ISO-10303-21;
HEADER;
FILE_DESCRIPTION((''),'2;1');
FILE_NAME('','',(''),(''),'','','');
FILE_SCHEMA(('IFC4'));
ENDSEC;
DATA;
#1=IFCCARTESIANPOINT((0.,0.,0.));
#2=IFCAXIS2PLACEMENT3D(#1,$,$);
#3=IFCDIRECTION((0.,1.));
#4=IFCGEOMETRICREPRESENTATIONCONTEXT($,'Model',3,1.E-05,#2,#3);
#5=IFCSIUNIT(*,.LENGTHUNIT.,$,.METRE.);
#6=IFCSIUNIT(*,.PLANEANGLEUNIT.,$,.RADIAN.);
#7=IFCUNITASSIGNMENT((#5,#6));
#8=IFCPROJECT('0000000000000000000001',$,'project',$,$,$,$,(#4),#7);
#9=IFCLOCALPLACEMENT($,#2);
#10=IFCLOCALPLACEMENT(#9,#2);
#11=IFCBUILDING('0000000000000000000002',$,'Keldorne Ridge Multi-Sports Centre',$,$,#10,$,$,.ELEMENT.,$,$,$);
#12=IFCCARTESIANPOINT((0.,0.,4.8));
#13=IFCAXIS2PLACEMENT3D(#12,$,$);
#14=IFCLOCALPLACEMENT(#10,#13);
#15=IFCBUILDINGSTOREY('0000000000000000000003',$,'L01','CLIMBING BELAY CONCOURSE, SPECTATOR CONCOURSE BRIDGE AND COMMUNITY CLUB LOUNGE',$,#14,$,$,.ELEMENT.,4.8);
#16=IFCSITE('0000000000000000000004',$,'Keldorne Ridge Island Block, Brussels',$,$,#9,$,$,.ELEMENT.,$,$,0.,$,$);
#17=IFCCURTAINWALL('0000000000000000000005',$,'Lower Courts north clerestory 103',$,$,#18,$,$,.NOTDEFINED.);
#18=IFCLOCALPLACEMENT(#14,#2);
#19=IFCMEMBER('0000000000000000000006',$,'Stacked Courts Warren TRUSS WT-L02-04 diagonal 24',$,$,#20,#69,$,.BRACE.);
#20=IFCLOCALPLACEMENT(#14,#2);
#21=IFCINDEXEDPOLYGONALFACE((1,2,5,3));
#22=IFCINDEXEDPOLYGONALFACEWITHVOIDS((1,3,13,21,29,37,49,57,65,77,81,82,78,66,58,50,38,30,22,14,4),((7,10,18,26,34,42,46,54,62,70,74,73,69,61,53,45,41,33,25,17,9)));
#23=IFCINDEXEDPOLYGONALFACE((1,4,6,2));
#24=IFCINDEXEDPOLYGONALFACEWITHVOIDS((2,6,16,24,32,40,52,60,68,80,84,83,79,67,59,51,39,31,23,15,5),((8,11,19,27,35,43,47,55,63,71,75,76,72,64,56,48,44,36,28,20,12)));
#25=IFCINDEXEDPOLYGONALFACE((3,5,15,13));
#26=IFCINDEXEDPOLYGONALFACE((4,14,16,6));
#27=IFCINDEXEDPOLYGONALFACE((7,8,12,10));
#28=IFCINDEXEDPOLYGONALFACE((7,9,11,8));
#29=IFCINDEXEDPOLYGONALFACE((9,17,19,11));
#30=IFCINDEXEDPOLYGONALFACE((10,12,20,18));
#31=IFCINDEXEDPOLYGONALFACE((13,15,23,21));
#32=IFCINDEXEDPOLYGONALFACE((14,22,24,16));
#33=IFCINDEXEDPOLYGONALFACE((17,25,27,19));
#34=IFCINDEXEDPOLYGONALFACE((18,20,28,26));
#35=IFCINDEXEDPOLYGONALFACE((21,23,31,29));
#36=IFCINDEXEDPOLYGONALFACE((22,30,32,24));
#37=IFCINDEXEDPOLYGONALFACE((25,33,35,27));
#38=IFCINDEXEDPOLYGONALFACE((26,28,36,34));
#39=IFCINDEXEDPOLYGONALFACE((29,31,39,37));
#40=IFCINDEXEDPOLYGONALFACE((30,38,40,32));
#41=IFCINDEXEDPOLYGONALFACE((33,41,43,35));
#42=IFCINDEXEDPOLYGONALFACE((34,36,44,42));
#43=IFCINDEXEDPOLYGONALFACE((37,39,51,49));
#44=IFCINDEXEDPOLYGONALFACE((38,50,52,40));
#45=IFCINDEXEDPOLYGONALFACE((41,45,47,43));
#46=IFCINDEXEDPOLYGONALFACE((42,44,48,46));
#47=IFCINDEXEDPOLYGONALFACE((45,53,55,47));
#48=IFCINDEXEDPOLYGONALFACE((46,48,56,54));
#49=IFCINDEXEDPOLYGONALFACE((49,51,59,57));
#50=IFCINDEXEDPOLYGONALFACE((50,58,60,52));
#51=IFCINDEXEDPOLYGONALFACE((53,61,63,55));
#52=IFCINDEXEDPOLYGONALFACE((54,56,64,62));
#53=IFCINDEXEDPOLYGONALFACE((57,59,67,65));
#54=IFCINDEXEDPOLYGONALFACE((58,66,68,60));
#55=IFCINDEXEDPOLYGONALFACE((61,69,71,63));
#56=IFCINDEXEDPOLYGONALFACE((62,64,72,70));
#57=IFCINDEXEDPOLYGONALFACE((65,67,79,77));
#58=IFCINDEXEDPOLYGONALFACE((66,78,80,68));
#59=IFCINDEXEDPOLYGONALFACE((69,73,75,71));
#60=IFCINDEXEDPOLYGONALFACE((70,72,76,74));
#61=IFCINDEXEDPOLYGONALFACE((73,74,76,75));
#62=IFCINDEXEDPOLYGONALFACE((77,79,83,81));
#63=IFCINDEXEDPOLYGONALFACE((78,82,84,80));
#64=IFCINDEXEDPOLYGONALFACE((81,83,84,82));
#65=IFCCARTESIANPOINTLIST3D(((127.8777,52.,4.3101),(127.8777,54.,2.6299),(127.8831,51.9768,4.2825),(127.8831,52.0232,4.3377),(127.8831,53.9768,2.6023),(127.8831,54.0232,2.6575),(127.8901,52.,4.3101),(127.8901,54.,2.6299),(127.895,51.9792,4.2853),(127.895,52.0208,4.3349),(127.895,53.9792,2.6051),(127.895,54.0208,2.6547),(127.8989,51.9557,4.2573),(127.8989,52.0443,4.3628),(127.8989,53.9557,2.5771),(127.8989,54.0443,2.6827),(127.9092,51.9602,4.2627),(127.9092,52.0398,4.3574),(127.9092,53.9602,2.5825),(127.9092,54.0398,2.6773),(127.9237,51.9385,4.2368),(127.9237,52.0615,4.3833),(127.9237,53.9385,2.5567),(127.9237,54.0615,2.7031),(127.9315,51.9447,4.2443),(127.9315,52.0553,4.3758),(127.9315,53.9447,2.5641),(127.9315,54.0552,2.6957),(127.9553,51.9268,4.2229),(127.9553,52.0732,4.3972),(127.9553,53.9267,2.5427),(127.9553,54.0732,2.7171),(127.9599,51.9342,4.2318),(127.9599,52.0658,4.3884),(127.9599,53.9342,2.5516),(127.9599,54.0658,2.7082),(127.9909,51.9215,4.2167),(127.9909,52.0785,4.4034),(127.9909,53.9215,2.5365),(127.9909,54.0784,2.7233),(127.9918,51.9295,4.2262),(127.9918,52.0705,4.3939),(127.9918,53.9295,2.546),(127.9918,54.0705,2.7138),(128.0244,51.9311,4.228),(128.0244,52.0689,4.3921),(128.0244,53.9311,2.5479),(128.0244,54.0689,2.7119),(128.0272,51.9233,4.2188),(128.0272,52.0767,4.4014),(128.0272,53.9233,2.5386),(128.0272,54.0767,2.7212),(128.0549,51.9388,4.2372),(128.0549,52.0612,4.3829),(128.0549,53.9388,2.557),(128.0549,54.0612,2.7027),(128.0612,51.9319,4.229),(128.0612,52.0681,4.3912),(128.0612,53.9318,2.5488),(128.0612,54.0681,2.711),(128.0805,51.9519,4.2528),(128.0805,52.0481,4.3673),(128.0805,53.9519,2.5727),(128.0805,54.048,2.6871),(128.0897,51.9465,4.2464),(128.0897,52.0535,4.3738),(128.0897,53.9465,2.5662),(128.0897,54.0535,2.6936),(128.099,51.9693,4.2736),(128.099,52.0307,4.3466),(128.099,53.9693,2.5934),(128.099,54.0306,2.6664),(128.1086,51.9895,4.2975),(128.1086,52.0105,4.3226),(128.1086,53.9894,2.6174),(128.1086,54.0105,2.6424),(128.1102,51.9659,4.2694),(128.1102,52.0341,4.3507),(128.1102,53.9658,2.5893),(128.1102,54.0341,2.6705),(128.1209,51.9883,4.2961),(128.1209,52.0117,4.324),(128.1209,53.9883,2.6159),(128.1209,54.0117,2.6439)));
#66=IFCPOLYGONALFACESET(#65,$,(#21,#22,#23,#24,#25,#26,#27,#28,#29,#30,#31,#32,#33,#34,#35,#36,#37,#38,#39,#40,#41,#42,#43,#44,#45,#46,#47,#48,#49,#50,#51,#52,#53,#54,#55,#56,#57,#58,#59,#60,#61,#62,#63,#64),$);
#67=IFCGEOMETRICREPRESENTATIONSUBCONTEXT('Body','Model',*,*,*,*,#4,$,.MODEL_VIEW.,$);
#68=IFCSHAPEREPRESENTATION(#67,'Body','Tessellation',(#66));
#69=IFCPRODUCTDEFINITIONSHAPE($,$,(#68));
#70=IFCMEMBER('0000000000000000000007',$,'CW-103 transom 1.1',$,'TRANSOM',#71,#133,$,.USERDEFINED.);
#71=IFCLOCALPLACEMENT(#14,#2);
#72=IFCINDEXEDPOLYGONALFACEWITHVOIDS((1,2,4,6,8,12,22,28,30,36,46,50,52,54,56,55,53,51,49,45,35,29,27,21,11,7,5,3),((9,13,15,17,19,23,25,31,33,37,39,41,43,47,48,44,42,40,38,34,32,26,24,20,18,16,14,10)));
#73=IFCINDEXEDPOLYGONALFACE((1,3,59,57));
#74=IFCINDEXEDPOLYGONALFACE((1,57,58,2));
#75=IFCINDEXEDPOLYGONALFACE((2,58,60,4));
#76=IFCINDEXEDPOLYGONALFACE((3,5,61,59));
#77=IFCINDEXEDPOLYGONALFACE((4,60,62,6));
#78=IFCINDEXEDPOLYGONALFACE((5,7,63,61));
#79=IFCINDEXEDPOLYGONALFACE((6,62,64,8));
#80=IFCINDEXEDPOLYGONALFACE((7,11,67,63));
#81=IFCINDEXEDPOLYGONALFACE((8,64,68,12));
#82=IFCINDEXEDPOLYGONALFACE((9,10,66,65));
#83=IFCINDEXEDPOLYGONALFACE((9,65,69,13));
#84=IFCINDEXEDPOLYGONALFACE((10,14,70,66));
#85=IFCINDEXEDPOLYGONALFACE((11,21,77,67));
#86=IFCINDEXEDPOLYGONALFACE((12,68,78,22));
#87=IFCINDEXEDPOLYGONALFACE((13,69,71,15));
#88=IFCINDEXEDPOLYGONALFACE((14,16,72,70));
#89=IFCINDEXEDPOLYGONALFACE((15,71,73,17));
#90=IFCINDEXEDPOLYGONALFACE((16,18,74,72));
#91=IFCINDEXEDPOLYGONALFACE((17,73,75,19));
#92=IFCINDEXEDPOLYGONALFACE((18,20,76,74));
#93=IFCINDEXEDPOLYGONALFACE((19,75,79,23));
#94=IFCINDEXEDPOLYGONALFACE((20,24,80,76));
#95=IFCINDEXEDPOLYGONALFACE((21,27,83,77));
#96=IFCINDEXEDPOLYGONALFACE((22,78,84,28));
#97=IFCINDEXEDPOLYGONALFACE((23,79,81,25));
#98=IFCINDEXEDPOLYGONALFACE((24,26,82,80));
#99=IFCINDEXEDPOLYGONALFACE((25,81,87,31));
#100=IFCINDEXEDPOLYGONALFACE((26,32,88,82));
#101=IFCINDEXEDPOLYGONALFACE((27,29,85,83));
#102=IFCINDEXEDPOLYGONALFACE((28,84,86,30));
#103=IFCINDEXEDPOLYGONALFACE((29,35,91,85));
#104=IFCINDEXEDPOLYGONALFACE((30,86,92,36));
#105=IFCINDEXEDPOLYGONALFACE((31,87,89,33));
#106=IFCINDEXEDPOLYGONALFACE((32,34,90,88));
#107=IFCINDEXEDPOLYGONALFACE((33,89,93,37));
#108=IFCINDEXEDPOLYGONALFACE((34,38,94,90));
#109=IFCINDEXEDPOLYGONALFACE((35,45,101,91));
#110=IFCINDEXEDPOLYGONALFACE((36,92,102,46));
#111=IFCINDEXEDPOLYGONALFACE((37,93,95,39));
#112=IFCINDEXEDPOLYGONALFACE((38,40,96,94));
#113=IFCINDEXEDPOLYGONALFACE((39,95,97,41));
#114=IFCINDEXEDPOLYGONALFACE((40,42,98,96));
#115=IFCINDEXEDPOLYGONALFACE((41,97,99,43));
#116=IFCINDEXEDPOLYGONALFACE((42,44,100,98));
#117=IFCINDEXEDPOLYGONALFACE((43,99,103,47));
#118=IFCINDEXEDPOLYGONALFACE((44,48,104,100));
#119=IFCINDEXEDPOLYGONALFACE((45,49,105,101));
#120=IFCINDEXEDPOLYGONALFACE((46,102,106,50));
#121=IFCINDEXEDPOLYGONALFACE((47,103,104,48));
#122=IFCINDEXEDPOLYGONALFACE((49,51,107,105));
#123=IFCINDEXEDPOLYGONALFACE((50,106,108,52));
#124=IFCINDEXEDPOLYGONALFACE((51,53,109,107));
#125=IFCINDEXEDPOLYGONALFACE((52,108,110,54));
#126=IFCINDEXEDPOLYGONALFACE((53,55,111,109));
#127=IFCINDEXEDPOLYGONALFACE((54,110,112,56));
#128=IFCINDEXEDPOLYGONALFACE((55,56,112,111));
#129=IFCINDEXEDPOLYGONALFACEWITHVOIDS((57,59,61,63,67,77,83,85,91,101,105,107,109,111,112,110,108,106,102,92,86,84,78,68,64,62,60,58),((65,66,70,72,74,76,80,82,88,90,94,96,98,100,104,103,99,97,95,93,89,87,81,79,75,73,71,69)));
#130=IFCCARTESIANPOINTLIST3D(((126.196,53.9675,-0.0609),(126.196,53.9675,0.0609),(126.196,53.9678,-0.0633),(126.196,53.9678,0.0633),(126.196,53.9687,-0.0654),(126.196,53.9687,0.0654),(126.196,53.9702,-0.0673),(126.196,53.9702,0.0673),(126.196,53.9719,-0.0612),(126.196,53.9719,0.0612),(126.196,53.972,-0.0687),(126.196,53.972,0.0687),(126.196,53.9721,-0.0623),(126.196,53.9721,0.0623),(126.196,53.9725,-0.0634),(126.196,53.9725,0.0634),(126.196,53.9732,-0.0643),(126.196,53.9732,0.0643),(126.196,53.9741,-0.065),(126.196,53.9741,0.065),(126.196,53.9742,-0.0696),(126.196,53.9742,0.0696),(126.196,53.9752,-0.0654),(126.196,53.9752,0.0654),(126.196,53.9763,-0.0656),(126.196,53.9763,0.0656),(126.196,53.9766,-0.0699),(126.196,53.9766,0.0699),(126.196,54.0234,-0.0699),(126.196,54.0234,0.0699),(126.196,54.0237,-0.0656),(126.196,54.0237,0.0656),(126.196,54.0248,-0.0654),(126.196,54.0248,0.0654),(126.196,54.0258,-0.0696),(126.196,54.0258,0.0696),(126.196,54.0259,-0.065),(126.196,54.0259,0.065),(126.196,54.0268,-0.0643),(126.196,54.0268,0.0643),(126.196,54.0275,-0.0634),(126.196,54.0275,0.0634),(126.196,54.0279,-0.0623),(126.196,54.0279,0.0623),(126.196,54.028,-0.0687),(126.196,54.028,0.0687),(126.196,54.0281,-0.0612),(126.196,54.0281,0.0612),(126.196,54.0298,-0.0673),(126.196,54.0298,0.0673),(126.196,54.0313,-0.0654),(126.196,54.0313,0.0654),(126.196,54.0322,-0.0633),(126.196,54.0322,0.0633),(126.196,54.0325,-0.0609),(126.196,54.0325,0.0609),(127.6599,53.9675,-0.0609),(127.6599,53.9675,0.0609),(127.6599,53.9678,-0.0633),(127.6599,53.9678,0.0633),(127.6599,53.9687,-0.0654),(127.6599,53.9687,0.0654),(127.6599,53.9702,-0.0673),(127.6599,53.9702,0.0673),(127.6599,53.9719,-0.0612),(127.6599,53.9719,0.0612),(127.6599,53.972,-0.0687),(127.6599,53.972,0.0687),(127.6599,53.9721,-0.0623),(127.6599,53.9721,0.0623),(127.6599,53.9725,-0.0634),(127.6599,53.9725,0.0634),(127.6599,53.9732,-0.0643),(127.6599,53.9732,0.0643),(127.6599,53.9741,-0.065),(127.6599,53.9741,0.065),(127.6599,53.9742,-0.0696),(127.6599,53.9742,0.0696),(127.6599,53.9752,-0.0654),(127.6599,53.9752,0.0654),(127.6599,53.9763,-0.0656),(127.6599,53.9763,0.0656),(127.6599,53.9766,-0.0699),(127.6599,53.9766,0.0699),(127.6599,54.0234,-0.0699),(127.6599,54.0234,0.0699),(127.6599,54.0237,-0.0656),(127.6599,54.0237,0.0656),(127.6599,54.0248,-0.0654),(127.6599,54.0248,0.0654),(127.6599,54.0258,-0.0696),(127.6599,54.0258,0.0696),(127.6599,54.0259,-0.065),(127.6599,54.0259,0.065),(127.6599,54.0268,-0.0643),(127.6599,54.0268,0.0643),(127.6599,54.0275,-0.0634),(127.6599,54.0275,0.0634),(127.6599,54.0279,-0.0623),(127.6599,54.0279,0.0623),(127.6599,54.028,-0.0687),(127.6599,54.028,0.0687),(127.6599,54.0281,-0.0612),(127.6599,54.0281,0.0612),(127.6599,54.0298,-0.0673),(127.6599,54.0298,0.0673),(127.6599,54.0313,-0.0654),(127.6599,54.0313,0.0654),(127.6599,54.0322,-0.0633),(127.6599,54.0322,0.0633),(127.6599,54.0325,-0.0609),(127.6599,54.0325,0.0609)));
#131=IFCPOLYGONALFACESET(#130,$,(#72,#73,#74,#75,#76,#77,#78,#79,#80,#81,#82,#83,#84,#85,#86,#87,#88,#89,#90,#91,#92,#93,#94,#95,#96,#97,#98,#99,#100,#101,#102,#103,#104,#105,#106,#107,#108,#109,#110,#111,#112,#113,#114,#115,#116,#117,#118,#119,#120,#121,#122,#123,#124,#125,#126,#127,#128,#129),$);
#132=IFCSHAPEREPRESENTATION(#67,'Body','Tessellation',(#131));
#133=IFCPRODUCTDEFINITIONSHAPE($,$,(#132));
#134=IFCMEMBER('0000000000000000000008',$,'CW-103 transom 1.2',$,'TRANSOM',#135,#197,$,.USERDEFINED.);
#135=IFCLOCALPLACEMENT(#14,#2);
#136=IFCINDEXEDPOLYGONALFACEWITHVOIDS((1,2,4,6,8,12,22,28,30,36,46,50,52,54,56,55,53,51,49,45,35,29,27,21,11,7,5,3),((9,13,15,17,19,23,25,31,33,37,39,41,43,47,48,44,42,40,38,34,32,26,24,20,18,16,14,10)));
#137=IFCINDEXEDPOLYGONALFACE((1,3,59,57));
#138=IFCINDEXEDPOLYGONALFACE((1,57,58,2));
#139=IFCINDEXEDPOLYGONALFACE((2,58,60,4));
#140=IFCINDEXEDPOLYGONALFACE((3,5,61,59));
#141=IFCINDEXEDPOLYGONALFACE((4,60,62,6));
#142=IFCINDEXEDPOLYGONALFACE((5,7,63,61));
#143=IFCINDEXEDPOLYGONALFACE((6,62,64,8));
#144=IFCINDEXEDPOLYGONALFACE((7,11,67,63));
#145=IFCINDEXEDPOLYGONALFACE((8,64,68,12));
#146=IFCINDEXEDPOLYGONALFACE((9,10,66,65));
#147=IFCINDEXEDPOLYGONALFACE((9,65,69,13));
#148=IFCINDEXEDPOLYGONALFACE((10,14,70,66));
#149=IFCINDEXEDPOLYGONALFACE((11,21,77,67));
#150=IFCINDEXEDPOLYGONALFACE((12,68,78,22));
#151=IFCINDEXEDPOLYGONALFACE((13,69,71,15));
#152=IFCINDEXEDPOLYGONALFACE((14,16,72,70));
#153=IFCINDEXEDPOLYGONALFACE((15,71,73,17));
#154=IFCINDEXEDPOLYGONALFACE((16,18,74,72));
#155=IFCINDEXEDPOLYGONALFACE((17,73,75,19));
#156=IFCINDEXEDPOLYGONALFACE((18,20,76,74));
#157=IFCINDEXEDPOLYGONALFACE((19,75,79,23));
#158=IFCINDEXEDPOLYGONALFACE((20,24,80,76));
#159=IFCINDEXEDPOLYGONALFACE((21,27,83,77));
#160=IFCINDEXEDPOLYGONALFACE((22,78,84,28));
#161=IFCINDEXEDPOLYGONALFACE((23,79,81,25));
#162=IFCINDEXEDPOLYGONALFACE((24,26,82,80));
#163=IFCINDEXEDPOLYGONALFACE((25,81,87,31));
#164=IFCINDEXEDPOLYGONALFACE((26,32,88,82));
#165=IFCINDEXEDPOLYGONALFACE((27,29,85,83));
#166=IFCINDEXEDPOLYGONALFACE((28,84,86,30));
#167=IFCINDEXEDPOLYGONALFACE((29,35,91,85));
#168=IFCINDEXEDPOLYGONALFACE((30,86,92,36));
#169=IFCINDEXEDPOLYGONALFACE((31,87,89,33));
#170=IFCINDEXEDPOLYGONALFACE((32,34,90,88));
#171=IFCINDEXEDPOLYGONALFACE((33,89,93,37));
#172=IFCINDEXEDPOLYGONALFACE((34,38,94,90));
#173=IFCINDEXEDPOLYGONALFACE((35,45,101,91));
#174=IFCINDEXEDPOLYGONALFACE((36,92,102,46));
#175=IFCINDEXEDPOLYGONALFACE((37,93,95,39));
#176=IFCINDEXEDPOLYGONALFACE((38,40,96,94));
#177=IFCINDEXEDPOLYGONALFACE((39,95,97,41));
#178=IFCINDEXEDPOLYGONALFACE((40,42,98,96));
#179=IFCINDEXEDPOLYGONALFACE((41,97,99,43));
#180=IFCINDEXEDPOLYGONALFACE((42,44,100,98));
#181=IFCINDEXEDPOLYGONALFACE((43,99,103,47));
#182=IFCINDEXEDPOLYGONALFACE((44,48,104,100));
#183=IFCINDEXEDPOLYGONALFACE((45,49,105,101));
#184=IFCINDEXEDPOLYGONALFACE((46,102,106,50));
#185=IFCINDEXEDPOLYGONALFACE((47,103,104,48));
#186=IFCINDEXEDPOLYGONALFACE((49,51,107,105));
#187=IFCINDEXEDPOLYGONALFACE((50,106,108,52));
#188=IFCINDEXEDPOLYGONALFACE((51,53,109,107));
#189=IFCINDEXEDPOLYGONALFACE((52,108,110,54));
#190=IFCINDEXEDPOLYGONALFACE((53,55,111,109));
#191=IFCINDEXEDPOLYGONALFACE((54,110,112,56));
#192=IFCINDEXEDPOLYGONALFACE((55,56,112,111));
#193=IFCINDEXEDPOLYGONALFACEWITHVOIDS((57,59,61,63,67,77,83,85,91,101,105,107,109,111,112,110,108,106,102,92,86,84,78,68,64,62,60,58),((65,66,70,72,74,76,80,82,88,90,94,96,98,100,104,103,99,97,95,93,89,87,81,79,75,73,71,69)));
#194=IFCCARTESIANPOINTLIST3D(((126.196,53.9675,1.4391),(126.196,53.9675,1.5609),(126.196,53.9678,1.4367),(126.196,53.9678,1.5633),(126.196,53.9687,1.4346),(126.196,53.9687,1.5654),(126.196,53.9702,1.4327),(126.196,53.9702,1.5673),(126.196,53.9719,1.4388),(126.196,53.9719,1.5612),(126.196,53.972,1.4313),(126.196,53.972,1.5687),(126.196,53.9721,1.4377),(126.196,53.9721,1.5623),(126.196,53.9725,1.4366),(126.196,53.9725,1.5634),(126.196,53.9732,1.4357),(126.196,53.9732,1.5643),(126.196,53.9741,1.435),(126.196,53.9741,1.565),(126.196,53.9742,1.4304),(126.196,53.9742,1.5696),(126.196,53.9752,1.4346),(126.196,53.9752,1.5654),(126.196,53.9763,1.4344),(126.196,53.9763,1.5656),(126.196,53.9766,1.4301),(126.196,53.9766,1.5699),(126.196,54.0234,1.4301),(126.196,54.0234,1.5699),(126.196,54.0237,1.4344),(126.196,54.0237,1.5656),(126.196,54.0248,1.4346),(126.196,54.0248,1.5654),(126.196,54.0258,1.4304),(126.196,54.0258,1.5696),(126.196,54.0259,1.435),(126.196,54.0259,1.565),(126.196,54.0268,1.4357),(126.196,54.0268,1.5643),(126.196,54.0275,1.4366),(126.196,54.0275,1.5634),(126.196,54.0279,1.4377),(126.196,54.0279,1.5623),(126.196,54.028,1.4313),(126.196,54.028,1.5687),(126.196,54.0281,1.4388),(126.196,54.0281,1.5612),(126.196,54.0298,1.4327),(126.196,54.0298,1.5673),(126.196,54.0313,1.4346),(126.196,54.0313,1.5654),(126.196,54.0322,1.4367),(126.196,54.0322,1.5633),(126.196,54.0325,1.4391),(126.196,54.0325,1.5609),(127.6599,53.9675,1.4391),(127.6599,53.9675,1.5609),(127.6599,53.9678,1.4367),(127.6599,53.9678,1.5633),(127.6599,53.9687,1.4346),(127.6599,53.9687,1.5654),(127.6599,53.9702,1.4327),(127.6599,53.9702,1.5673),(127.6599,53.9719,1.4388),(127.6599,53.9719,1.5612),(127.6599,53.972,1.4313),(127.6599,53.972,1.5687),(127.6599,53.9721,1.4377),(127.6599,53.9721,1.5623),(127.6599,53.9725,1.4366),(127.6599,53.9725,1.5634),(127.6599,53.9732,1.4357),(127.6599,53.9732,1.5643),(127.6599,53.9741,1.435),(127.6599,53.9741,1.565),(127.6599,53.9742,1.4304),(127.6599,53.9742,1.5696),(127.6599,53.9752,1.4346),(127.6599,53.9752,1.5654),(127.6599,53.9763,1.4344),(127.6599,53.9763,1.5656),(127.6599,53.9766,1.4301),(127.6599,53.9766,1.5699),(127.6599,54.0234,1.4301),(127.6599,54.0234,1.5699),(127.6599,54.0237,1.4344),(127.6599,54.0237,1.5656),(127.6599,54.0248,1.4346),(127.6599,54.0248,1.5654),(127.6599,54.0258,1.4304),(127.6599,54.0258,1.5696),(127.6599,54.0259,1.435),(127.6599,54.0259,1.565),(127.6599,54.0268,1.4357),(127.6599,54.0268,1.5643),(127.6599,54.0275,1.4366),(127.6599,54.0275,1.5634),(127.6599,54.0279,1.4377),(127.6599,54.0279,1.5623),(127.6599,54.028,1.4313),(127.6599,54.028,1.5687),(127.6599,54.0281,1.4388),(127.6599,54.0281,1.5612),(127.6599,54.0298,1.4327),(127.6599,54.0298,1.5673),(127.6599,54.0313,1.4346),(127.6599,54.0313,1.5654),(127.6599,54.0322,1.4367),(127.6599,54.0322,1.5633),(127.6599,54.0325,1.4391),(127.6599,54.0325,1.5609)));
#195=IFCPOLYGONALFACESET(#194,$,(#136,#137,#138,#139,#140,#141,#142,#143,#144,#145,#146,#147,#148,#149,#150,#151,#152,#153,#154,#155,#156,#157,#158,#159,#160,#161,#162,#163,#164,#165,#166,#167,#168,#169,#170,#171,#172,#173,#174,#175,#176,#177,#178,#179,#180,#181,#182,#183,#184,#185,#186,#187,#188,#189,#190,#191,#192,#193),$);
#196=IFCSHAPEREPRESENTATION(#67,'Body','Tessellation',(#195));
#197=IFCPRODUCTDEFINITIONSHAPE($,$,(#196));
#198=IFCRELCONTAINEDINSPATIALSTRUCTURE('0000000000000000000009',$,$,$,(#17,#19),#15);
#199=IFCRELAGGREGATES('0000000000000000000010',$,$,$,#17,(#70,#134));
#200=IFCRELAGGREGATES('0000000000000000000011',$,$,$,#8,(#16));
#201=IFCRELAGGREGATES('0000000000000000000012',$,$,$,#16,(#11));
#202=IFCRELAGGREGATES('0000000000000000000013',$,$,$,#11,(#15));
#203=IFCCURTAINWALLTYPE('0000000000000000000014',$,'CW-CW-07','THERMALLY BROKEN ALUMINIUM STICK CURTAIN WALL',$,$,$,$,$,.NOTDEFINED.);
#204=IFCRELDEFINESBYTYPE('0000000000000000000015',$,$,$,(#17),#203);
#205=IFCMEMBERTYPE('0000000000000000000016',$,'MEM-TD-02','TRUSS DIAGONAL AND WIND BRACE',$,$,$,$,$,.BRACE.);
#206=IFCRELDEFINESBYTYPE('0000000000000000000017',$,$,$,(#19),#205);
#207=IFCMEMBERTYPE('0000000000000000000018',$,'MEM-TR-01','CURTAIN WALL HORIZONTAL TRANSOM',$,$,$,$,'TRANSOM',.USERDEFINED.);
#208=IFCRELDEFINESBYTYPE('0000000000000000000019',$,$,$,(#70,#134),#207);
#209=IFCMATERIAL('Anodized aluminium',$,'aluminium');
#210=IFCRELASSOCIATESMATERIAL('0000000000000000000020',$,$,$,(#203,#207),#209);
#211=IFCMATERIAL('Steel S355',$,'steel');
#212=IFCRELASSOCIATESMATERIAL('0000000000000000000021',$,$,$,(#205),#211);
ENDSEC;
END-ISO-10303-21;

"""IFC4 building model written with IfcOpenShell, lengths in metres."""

from ifc_helpers import new_model, si_unit, direction, frame, origin, origin_2d, place, context, subcontext, project, spatial, hollow_rectangle, hollow_circle, extrude, material, material_profile, profile_set, type_object, element, aggregate, save


model = new_model("IFC4")

# Units and contexts
model_context = context("Model", 3, precision=1e-05, world=origin(), true_north=direction((0.0, 1.0)))
body_context = subcontext(model_context, "Body", "Model", "MODEL_VIEW")
ifc_project = project(units=[si_unit("LENGTHUNIT", "METRE"), si_unit("PLANEANGLEUNIT", "RADIAN")], contexts=[model_context])

# Site, building, storey
site_placement = place(None, origin())
site = spatial("IfcSite", under=ifc_project, at=site_placement, Name="Keldorne Ridge Island Block, Brussels", CompositionType="ELEMENT", RefElevation=0.0)
building_placement = place(site_placement, origin())
building = spatial("IfcBuilding", under=site, at=building_placement, Name="Keldorne Ridge Multi-Sports Centre", CompositionType="ELEMENT")
storey_placement = place(building_placement, frame((0.0, 0.0, 4.8)))
storey = spatial("IfcBuildingStorey", under=building, at=storey_placement, Name="L01", Description="CLIMBING BELAY CONCOURSE, SPECTATOR CONCOURSE BRIDGE AND COMMUNITY CLUB LOUNGE", CompositionType="ELEMENT", Elevation=4.8)

# Shared definitions
ifc_material_1 = material(Name="Steel S355", Category="steel")

# Curtain wall
ifc_material_2 = material(Name="Anodized aluminium", Category="aluminium")
curtain_wall_type_1 = type_object("IfcCurtainWallType", Name="CW-CW-07", Description="THERMALLY BROKEN ALUMINIUM STICK CURTAIN WALL", PredefinedType="NOTDEFINED", material=ifc_material_2)
curtain_wall_1_placement = place(storey_placement, origin())
curtain_wall_1 = element("IfcCurtainWall", 1, at=curtain_wall_1_placement, inside=storey, type_object=curtain_wall_type_1, Name="Lower Courts north clerestory 103", PredefinedType="NOTDEFINED")

# Member
ifc_material_profile_1 = material_profile(ifc_material_1, hollow_circle(Radius=0.1223, WallThickness=0.0125, at=origin_2d()), Name="CHS 244.5x12.5")
ifc_profile_set_1 = profile_set([ifc_material_profile_1], Name="Steel S355")
member_type_1 = type_object("IfcMemberType", Name="MEM-TD-02", Description="TRUSS DIAGONAL AND WIND BRACE", PredefinedType="BRACE", material=ifc_profile_set_1)
for number, where, z_axis, x_axis, name in (
    (2, (128.0, 52.0, 4.3101), (0.0, 0.765672, -0.643232), (-1.0, 0.0, 0.0), "Stacked Courts Warren TRUSS WT-L02-04 diagonal 24"),
):
    element("IfcMember", number, at=place(storey_placement, frame(where, z_axis=z_axis, x_axis=x_axis)), inside=storey, type_object=member_type_1, Name=name, PredefinedType="BRACE", context=body_context, shape_type="SweptSolid", body=[
        extrude(hollow_circle(Radius=0.1223, WallThickness=0.0125, at=origin_2d()), origin(), (0.0, 0.0, 1.0), 2.6121),
    ])

# Members
ifc_material_profile_2 = material_profile(ifc_material_2, hollow_rectangle(XDim=0.0649, YDim=0.1399, WallThickness=0.0044, InnerFilletRadius=0.0044, OuterFilletRadius=0.009, at=origin_2d()), Name="ALU TRANSOM 140x65x4.5")
ifc_profile_set_2 = profile_set([ifc_material_profile_2], Name="Anodized aluminium")
member_type_2 = type_object("IfcMemberType", Name="MEM-TR-01", Description="CURTAIN WALL HORIZONTAL TRANSOM", ElementType="TRANSOM", PredefinedType="USERDEFINED", material=ifc_profile_set_2)
member_1_placement = place(storey_placement, frame((127.6599, 54.0, 0.0), z_axis=(-1.0, 0.0, 0.0), x_axis=(0.0, -1.0, 0.0)))
member_1 = element("IfcMember", 3, at=member_1_placement, type_object=member_type_2, Name="CW-103 transom 1.1", ObjectType="TRANSOM", PredefinedType="USERDEFINED", context=body_context, shape_type="SweptSolid", body=[
    extrude(hollow_rectangle(XDim=0.0649, YDim=0.1399, WallThickness=0.0044, InnerFilletRadius=0.0044, OuterFilletRadius=0.009, at=origin_2d()), origin(), (0.0, 0.0, 1.0), 1.4639),
])
member_2_placement = place(storey_placement, frame((127.6599, 54.0, 1.5), z_axis=(-1.0, 0.0, 0.0), x_axis=(0.0, -1.0, 0.0)))
member_2 = element("IfcMember", 4, at=member_2_placement, type_object=member_type_2, Name="CW-103 transom 1.2", ObjectType="TRANSOM", PredefinedType="USERDEFINED", context=body_context, shape_type="SweptSolid", body=[
    extrude(hollow_rectangle(XDim=0.0649, YDim=0.1399, WallThickness=0.0044, InnerFilletRadius=0.0044, OuterFilletRadius=0.009, at=origin_2d()), origin(), (0.0, 0.0, 1.0), 1.4639),
])

aggregate(curtain_wall_1, [member_1, member_2])

save(model, "model.ifc")
